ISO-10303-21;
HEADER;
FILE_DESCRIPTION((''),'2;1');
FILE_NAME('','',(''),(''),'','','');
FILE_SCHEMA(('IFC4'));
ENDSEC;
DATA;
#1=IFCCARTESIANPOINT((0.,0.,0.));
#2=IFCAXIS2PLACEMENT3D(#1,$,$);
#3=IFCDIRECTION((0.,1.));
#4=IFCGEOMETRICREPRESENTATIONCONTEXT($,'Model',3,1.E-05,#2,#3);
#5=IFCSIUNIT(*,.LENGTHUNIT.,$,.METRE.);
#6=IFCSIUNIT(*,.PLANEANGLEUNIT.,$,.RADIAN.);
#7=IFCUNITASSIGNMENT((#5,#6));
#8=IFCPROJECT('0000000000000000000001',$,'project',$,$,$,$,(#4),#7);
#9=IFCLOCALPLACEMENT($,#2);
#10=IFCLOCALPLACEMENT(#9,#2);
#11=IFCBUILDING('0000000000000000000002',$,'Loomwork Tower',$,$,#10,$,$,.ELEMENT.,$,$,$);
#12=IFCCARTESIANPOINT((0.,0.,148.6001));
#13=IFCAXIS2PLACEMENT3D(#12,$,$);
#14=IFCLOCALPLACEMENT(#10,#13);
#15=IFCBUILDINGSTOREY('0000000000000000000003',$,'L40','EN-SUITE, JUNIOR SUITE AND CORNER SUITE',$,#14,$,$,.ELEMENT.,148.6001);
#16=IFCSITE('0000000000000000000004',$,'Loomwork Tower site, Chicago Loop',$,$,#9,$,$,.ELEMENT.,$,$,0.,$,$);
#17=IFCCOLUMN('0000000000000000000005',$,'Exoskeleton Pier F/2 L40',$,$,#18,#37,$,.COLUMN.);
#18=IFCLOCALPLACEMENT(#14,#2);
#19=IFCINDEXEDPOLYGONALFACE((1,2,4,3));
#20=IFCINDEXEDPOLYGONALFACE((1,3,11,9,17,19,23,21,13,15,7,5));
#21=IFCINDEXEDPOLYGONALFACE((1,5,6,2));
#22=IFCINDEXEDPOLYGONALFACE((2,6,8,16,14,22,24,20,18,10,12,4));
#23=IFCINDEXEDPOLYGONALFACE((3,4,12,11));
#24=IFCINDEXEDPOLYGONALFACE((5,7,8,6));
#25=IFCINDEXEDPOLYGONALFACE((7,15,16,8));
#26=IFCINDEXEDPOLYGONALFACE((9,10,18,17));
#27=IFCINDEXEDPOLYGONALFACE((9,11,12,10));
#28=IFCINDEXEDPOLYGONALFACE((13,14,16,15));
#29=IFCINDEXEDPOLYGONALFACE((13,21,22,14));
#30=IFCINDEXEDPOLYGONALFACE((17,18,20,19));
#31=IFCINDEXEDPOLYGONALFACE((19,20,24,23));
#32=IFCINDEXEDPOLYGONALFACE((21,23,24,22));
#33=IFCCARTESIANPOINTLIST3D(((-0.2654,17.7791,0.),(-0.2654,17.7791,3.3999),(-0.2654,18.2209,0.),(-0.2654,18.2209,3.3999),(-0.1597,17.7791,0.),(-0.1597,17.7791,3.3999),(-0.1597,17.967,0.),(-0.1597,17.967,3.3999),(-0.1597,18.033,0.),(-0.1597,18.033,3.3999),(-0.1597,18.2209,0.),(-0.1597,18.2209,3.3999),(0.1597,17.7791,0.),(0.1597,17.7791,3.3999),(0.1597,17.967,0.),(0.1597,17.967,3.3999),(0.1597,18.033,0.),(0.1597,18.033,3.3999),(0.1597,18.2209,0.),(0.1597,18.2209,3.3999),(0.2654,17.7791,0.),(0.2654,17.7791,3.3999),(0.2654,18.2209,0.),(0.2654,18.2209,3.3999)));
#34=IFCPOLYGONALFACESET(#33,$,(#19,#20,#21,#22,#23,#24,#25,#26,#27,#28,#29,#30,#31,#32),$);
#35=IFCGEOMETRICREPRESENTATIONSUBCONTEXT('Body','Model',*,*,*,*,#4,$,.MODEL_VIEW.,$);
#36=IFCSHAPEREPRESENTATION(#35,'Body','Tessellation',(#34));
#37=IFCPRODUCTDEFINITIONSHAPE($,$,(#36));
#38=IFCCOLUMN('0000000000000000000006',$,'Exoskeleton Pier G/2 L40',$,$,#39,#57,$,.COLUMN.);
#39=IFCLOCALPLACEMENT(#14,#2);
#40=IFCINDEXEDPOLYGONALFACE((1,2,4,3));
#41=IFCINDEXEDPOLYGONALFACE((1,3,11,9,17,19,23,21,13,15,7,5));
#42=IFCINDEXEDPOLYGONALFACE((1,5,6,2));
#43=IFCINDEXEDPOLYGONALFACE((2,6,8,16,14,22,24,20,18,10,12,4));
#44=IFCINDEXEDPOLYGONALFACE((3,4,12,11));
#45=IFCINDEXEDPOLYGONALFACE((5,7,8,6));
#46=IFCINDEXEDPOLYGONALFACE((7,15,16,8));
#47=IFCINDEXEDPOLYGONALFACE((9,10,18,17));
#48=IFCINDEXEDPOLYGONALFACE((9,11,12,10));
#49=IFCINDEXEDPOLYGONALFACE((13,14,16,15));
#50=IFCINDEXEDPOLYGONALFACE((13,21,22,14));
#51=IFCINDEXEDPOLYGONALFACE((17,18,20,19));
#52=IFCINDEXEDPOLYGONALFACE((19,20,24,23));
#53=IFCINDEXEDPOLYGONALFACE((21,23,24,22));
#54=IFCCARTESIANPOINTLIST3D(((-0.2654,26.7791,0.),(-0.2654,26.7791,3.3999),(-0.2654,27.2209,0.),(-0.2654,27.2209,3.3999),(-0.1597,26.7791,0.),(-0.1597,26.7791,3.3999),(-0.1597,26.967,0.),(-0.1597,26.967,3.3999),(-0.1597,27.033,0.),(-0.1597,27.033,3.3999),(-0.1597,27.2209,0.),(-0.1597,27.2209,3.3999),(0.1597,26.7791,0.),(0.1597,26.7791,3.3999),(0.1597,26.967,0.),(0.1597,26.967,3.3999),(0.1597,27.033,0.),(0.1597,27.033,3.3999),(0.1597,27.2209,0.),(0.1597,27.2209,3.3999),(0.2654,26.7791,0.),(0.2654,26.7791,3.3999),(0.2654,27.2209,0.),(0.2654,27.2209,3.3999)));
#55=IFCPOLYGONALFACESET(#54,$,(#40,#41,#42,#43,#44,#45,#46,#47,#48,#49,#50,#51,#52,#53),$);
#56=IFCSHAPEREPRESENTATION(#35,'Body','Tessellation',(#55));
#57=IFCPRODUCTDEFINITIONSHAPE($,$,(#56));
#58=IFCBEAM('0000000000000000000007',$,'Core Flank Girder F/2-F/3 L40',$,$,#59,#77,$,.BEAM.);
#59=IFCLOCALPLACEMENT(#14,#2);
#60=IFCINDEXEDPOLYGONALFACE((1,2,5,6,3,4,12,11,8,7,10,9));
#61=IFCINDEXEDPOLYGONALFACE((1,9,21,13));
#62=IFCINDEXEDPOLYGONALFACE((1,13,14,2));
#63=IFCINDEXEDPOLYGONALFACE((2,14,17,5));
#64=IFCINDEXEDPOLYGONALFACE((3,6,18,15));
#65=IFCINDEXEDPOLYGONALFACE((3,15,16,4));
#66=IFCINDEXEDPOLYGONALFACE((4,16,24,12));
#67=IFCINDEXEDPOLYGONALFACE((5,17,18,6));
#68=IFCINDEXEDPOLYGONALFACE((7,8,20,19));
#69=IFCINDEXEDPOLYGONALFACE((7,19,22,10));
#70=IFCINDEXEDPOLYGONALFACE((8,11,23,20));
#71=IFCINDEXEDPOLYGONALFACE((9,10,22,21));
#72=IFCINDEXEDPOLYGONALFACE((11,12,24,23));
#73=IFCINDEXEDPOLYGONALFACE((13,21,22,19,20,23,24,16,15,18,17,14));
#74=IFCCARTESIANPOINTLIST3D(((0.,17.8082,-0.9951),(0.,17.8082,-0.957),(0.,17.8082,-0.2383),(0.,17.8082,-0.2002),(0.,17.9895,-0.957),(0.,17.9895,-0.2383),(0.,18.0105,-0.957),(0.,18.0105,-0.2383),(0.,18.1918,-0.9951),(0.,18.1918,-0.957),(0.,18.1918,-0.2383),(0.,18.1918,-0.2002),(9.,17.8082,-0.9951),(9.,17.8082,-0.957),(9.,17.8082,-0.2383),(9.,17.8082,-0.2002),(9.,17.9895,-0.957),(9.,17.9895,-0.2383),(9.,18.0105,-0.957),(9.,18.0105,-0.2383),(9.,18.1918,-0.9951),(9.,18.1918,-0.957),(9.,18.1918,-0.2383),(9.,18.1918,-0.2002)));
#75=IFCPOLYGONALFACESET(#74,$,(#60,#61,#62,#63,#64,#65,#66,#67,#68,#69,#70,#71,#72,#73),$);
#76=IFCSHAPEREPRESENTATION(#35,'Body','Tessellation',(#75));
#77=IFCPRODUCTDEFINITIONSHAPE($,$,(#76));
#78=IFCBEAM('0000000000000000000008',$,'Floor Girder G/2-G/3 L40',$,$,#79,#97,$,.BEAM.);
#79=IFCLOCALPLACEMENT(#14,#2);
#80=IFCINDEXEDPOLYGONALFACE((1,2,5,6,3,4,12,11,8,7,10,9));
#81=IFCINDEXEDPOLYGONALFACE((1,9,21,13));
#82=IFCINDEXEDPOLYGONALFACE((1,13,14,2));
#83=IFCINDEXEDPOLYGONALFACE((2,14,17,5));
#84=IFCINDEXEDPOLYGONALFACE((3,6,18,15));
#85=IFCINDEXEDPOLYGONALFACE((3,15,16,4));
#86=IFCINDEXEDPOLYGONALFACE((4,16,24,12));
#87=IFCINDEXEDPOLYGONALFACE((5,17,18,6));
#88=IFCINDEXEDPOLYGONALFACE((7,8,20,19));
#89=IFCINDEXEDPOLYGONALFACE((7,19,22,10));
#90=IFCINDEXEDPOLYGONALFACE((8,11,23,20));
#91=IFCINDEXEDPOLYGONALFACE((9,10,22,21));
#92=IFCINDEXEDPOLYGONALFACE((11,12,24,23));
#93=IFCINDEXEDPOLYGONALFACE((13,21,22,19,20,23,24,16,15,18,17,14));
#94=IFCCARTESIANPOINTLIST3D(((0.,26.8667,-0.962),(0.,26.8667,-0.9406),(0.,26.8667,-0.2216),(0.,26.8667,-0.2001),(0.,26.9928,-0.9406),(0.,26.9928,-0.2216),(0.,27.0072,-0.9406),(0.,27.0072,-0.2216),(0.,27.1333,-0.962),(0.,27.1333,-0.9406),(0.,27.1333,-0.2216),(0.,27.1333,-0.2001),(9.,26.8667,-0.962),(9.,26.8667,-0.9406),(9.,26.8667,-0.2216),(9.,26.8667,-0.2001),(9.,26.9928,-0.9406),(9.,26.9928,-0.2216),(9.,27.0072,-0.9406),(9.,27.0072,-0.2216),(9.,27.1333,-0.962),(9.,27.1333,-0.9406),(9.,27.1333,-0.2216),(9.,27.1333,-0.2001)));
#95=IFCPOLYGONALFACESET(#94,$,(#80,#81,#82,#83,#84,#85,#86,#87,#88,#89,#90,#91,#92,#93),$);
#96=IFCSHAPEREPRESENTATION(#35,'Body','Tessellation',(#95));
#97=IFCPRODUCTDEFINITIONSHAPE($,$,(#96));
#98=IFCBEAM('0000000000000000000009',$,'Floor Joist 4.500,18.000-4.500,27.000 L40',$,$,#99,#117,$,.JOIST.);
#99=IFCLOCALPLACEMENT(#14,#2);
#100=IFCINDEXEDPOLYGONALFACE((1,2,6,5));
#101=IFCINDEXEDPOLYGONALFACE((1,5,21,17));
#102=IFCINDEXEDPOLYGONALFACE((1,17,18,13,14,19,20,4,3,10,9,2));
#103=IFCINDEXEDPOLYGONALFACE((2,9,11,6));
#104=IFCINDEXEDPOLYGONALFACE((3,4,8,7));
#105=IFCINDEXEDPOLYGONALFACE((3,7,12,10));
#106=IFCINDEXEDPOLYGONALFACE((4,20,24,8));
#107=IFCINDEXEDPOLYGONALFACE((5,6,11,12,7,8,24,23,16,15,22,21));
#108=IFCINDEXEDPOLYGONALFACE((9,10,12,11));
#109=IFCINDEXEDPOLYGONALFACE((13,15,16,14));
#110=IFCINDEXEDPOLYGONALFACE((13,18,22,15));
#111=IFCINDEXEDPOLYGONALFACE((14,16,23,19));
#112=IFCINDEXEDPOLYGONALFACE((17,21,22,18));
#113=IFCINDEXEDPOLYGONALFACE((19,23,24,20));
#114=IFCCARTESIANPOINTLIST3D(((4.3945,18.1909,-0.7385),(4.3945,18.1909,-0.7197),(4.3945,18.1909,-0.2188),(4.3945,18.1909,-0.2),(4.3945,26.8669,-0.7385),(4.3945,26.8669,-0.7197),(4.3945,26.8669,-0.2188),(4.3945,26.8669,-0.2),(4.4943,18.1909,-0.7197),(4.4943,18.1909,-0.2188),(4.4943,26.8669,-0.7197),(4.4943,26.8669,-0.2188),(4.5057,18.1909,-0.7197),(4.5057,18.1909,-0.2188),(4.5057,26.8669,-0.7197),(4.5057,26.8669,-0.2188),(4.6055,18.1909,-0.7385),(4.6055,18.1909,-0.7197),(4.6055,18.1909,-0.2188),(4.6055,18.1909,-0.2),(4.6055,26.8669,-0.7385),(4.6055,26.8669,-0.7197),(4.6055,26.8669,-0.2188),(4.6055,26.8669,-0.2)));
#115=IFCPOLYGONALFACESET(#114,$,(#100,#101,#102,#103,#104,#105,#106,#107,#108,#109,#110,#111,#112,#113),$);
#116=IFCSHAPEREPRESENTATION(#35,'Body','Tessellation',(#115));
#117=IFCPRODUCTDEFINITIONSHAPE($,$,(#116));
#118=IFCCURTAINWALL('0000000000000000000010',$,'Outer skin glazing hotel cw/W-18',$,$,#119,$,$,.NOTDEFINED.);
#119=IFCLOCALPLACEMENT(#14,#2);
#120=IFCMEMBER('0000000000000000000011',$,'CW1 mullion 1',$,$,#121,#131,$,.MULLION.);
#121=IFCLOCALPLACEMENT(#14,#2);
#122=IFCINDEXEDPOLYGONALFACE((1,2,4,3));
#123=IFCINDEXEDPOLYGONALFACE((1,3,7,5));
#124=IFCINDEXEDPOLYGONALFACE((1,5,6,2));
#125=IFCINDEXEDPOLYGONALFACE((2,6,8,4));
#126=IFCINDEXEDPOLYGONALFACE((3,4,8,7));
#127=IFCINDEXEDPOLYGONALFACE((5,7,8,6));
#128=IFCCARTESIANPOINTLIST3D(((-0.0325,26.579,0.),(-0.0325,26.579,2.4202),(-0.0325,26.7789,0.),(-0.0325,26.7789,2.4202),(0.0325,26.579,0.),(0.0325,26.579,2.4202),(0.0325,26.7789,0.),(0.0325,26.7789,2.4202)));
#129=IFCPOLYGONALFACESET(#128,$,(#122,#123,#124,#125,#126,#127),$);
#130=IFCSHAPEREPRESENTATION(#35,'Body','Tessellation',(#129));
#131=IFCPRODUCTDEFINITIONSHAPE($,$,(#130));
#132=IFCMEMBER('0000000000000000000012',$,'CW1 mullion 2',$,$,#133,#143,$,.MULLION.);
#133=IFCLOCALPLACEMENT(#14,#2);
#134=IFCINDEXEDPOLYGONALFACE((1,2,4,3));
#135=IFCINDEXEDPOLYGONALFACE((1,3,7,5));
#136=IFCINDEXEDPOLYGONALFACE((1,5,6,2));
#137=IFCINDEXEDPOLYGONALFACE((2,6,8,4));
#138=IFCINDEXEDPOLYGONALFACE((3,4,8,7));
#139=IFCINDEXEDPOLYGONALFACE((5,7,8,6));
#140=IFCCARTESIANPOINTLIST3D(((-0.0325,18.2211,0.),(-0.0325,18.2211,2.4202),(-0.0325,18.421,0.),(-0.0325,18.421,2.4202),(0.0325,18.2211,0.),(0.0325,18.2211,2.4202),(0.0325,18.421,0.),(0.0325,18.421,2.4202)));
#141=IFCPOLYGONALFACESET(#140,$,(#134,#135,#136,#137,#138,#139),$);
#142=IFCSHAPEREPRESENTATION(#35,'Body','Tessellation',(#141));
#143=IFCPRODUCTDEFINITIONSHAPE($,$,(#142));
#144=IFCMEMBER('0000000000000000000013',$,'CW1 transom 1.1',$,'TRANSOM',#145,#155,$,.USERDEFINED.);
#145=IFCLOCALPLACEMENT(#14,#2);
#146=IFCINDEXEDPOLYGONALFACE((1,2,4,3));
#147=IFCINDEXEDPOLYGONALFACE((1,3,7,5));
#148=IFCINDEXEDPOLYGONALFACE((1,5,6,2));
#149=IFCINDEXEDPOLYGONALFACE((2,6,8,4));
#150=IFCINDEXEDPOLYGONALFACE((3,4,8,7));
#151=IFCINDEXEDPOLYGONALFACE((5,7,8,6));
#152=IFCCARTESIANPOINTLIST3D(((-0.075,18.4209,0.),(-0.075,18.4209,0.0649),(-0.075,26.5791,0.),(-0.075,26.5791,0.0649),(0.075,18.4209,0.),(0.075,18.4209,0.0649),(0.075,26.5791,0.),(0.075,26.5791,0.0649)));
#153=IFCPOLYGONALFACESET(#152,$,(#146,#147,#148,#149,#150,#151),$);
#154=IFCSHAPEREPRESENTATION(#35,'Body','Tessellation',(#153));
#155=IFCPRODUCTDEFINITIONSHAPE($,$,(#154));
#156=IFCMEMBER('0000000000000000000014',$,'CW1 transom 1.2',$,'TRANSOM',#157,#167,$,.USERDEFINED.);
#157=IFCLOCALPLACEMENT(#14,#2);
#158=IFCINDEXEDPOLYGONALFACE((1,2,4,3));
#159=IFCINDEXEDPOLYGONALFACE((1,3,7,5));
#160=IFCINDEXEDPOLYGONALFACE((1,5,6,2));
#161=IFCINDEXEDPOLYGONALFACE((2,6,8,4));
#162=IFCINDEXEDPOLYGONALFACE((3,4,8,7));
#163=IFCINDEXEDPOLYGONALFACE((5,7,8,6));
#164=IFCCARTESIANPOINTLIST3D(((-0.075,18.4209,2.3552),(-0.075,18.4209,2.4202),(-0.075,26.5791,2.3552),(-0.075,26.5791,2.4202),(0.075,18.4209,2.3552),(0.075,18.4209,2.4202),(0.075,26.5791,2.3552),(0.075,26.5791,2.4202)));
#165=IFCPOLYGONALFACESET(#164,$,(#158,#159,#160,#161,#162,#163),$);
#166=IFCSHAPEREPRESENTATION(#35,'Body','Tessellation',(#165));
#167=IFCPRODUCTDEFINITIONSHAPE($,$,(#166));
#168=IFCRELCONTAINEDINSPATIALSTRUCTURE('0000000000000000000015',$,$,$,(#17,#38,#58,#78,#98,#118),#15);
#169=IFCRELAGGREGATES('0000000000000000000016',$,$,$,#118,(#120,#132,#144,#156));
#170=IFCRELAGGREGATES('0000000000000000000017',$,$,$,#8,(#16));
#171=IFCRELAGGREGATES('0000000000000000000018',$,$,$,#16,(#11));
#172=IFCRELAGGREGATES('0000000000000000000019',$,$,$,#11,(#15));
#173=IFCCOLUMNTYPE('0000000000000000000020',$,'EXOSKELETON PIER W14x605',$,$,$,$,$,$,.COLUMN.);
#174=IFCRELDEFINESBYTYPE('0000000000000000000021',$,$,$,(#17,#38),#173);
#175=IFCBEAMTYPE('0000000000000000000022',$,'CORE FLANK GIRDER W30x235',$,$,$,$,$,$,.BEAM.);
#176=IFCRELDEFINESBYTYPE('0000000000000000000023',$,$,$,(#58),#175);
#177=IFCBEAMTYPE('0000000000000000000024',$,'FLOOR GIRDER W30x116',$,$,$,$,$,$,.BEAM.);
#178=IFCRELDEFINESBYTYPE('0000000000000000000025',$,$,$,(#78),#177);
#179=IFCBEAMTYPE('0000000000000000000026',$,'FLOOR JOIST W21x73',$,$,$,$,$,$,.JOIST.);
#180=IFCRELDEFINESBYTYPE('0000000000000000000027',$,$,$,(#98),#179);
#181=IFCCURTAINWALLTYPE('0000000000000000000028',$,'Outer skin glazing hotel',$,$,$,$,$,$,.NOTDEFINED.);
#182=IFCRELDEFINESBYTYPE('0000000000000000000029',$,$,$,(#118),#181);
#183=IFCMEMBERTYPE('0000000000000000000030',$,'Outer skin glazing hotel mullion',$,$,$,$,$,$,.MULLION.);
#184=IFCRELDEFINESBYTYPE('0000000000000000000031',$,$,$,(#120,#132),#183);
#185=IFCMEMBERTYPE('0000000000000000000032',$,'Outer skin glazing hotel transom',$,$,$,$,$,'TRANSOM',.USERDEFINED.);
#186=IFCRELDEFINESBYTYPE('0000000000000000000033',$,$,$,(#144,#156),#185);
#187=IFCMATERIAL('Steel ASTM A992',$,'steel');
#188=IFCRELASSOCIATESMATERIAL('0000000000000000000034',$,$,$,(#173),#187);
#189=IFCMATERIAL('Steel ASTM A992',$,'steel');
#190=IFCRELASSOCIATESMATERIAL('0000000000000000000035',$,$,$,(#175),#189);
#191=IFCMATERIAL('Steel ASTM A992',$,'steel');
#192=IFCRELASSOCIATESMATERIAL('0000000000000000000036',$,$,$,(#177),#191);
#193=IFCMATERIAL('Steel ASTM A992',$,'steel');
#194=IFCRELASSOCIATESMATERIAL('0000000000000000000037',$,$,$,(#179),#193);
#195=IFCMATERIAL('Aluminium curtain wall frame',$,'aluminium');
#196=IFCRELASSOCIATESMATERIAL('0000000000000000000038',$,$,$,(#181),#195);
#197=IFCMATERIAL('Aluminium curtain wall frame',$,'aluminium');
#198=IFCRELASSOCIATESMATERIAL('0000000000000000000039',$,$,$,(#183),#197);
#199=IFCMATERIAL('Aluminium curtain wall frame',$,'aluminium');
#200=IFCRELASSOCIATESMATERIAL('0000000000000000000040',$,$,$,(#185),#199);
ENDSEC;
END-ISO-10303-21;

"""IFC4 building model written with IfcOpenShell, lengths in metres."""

from ifc_helpers import new_model, si_unit, direction, frame, origin, origin_2d, place, context, subcontext, project, spatial, rectangle, i_section, extrude, material, material_profile, profile_set, type_object, element, aggregate, save


model = new_model("IFC4")

# Units and contexts
model_context = context("Model", 3, precision=1e-05, world=origin(), true_north=direction((0.0, 1.0)))
body_context = subcontext(model_context, "Body", "Model", "MODEL_VIEW")
ifc_project = project(units=[si_unit("LENGTHUNIT", "METRE"), si_unit("PLANEANGLEUNIT", "RADIAN")], contexts=[model_context])

# Site, building, storey
site_placement = place(None, origin())
site = spatial("IfcSite", under=ifc_project, at=site_placement, Name="Loomwork Tower site, Chicago Loop", CompositionType="ELEMENT", RefElevation=0.0)
building_placement = place(site_placement, origin())
building = spatial("IfcBuilding", under=site, at=building_placement, Name="Loomwork Tower", CompositionType="ELEMENT")
storey_placement = place(building_placement, frame((0.0, 0.0, 148.6001)))
storey = spatial("IfcBuildingStorey", under=building, at=storey_placement, Name="L40", Description="EN-SUITE, JUNIOR SUITE AND CORNER SUITE", CompositionType="ELEMENT", Elevation=148.6001)

# Columns
ifc_material_1 = material(Name="Steel ASTM A992", Category="steel")
ifc_material_profile_1 = material_profile(ifc_material_1, i_section(OverallWidth=0.4419, OverallDepth=0.5308, WebThickness=0.0659, FlangeThickness=0.1057, at=origin_2d()), Name="W14x605")
ifc_profile_set_1 = profile_set([ifc_material_profile_1], Name="Steel ASTM A992")
column_type = type_object("IfcColumnType", Name="EXOSKELETON PIER W14x605", PredefinedType="COLUMN", material=ifc_profile_set_1)
for number, where, z_axis, x_axis, name in (
    (1, (0.0, 18.0, 0.0), (0.0, 0.0, 1.0), (0.0, 1.0, 0.0), "Exoskeleton Pier F/2 L40"),
    (2, (0.0, 27.0, 0.0), (0.0, 0.0, 1.0), (0.0, 1.0, 0.0), "Exoskeleton Pier G/2 L40"),
):
    element("IfcColumn", number, at=place(storey_placement, frame(where, z_axis=z_axis, x_axis=x_axis)), inside=storey, type_object=column_type, Name=name, PredefinedType="COLUMN", context=body_context, shape_type="SweptSolid", body=[
        extrude(i_section(OverallWidth=0.4419, OverallDepth=0.5308, WebThickness=0.0659, FlangeThickness=0.1057, at=origin_2d()), origin(), (0.0, 0.0, 1.0), 3.3999),
    ])

# Beams
ifc_material_2 = material(Name="Steel ASTM A992", Category="steel")
ifc_material_profile_2 = material_profile(ifc_material_2, i_section(OverallWidth=0.3835, OverallDepth=0.7949, WebThickness=0.021, FlangeThickness=0.0381, at=origin_2d()), Name="W30x235")
ifc_profile_set_2 = profile_set([ifc_material_profile_2], Name="Steel ASTM A992")
beam_type_1 = type_object("IfcBeamType", Name="CORE FLANK GIRDER W30x235", PredefinedType="BEAM", material=ifc_profile_set_2)
beam_1_placement = place(storey_placement, frame((0.0, 18.0, -0.5977), z_axis=(1.0, 0.0, 0.0), x_axis=(0.0, 1.0, 0.0)))
element("IfcBeam", 3, at=beam_1_placement, inside=storey, type_object=beam_type_1, Name="Core Flank Girder F/2-F/3 L40", PredefinedType="BEAM", context=body_context, shape_type="SweptSolid", body=[
    extrude(i_section(OverallWidth=0.3835, OverallDepth=0.7949, WebThickness=0.021, FlangeThickness=0.0381, at=origin_2d()), origin(), (0.0, 0.0, 1.0), 9.0),
])
ifc_material_3 = material(Name="Steel ASTM A992", Category="steel")
ifc_material_profile_3 = material_profile(ifc_material_3, i_section(OverallWidth=0.2666, OverallDepth=0.762, WebThickness=0.0144, FlangeThickness=0.0215, at=origin_2d()), Name="W30x116")
ifc_profile_set_3 = profile_set([ifc_material_profile_3], Name="Steel ASTM A992")
beam_type_2 = type_object("IfcBeamType", Name="FLOOR GIRDER W30x116", PredefinedType="BEAM", material=ifc_profile_set_3)
beam_2_placement = place(storey_placement, frame((0.0, 27.0, -0.5811), z_axis=(1.0, 0.0, 0.0), x_axis=(0.0, 1.0, 0.0)))
element("IfcBeam", 4, at=beam_2_placement, inside=storey, type_object=beam_type_2, Name="Floor Girder G/2-G/3 L40", PredefinedType="BEAM", context=body_context, shape_type="SweptSolid", body=[
    extrude(i_section(OverallWidth=0.2666, OverallDepth=0.762, WebThickness=0.0144, FlangeThickness=0.0215, at=origin_2d()), origin(), (0.0, 0.0, 1.0), 9.0),
])
ifc_material_4 = material(Name="Steel ASTM A992", Category="steel")
ifc_material_profile_4 = material_profile(ifc_material_4, i_section(OverallWidth=0.2109, OverallDepth=0.5386, WebThickness=0.0115, FlangeThickness=0.0188, at=origin_2d()), Name="W21x73")
ifc_profile_set_4 = profile_set([ifc_material_profile_4], Name="Steel ASTM A992")
beam_type_3 = type_object("IfcBeamType", Name="FLOOR JOIST W21x73", PredefinedType="JOIST", material=ifc_profile_set_4)
beam_3_placement = place(storey_placement, frame((4.5, 18.1909, -0.4692), z_axis=(0.0, 1.0, 0.0), x_axis=(-1.0, 0.0, 0.0)))
element("IfcBeam", 5, at=beam_3_placement, inside=storey, type_object=beam_type_3, Name="Floor Joist 4.500,18.000-4.500,27.000 L40", PredefinedType="JOIST", context=body_context, shape_type="SweptSolid", body=[
    extrude(i_section(OverallWidth=0.2109, OverallDepth=0.5386, WebThickness=0.0115, FlangeThickness=0.0188, at=origin_2d()), origin(), (0.0, 0.0, 1.0), 8.676),
])

# Curtain wall, members
ifc_material_5 = material(Name="Aluminium curtain wall frame", Category="aluminium")
curtain_wall_type = type_object("IfcCurtainWallType", Name="Outer skin glazing hotel", PredefinedType="NOTDEFINED", material=ifc_material_5)
curtain_wall_placement = place(storey_placement, origin())
curtain_wall = element("IfcCurtainWall", 6, at=curtain_wall_placement, inside=storey, type_object=curtain_wall_type, Name="Outer skin glazing hotel cw/W-18", PredefinedType="NOTDEFINED")
ifc_material_6 = material(Name="Aluminium curtain wall frame", Category="aluminium")
ifc_material_profile_5 = material_profile(ifc_material_6, rectangle(XDim=0.0649, YDim=0.2, at=origin_2d()), Name="AL 65x200")
ifc_profile_set_5 = profile_set([ifc_material_profile_5], Name="Aluminium curtain wall frame")
member_type_1 = type_object("IfcMemberType", Name="Outer skin glazing hotel mullion", PredefinedType="MULLION", material=ifc_profile_set_5)
member_1_placement = place(storey_placement, frame((0.0, 26.679, 0.0), z_axis=(0.0, 0.0, 1.0), x_axis=(1.0, 0.0, 0.0)))
member_1 = element("IfcMember", 7, at=member_1_placement, type_object=member_type_1, Name="CW1 mullion 1", PredefinedType="MULLION", context=body_context, shape_type="SweptSolid", body=[
    extrude(rectangle(XDim=0.0649, YDim=0.2, at=origin_2d()), origin(), (0.0, 0.0, 1.0), 2.4202),
])
member_2_placement = place(storey_placement, frame((0.0, 18.321, 0.0), z_axis=(0.0, 0.0, 1.0), x_axis=(1.0, 0.0, 0.0)))
member_2 = element("IfcMember", 8, at=member_2_placement, type_object=member_type_1, Name="CW1 mullion 2", PredefinedType="MULLION", context=body_context, shape_type="SweptSolid", body=[
    extrude(rectangle(XDim=0.0649, YDim=0.2, at=origin_2d()), origin(), (0.0, 0.0, 1.0), 2.4202),
])
ifc_material_7 = material(Name="Aluminium curtain wall frame", Category="aluminium")
ifc_material_profile_6 = material_profile(ifc_material_7, rectangle(XDim=0.1499, YDim=0.0649, at=origin_2d()), Name="AL 65x150")
ifc_profile_set_6 = profile_set([ifc_material_profile_6], Name="Aluminium curtain wall frame")
member_type_2 = type_object("IfcMemberType", Name="Outer skin glazing hotel transom", ElementType="TRANSOM", PredefinedType="USERDEFINED", material=ifc_profile_set_6)
member_3_placement = place(storey_placement, frame((0.0, 26.5791, 0.0325), z_axis=(0.0, -1.0, 0.0), x_axis=(1.0, 0.0, 0.0)))
member_3 = element("IfcMember", 9, at=member_3_placement, type_object=member_type_2, Name="CW1 transom 1.1", ObjectType="TRANSOM", PredefinedType="USERDEFINED", context=body_context, shape_type="SweptSolid", body=[
    extrude(rectangle(XDim=0.1499, YDim=0.0649, at=origin_2d()), origin(), (0.0, 0.0, 1.0), 8.1582),
])
member_4_placement = place(storey_placement, frame((0.0, 26.5791, 2.3877), z_axis=(0.0, -1.0, 0.0), x_axis=(1.0, 0.0, 0.0)))
member_4 = element("IfcMember", 10, at=member_4_placement, type_object=member_type_2, Name="CW1 transom 1.2", ObjectType="TRANSOM", PredefinedType="USERDEFINED", context=body_context, shape_type="SweptSolid", body=[
    extrude(rectangle(XDim=0.1499, YDim=0.0649, at=origin_2d()), origin(), (0.0, 0.0, 1.0), 8.1582),
])

aggregate(curtain_wall, [member_1, member_2, member_3, member_4])

save(model, "model.ifc")
